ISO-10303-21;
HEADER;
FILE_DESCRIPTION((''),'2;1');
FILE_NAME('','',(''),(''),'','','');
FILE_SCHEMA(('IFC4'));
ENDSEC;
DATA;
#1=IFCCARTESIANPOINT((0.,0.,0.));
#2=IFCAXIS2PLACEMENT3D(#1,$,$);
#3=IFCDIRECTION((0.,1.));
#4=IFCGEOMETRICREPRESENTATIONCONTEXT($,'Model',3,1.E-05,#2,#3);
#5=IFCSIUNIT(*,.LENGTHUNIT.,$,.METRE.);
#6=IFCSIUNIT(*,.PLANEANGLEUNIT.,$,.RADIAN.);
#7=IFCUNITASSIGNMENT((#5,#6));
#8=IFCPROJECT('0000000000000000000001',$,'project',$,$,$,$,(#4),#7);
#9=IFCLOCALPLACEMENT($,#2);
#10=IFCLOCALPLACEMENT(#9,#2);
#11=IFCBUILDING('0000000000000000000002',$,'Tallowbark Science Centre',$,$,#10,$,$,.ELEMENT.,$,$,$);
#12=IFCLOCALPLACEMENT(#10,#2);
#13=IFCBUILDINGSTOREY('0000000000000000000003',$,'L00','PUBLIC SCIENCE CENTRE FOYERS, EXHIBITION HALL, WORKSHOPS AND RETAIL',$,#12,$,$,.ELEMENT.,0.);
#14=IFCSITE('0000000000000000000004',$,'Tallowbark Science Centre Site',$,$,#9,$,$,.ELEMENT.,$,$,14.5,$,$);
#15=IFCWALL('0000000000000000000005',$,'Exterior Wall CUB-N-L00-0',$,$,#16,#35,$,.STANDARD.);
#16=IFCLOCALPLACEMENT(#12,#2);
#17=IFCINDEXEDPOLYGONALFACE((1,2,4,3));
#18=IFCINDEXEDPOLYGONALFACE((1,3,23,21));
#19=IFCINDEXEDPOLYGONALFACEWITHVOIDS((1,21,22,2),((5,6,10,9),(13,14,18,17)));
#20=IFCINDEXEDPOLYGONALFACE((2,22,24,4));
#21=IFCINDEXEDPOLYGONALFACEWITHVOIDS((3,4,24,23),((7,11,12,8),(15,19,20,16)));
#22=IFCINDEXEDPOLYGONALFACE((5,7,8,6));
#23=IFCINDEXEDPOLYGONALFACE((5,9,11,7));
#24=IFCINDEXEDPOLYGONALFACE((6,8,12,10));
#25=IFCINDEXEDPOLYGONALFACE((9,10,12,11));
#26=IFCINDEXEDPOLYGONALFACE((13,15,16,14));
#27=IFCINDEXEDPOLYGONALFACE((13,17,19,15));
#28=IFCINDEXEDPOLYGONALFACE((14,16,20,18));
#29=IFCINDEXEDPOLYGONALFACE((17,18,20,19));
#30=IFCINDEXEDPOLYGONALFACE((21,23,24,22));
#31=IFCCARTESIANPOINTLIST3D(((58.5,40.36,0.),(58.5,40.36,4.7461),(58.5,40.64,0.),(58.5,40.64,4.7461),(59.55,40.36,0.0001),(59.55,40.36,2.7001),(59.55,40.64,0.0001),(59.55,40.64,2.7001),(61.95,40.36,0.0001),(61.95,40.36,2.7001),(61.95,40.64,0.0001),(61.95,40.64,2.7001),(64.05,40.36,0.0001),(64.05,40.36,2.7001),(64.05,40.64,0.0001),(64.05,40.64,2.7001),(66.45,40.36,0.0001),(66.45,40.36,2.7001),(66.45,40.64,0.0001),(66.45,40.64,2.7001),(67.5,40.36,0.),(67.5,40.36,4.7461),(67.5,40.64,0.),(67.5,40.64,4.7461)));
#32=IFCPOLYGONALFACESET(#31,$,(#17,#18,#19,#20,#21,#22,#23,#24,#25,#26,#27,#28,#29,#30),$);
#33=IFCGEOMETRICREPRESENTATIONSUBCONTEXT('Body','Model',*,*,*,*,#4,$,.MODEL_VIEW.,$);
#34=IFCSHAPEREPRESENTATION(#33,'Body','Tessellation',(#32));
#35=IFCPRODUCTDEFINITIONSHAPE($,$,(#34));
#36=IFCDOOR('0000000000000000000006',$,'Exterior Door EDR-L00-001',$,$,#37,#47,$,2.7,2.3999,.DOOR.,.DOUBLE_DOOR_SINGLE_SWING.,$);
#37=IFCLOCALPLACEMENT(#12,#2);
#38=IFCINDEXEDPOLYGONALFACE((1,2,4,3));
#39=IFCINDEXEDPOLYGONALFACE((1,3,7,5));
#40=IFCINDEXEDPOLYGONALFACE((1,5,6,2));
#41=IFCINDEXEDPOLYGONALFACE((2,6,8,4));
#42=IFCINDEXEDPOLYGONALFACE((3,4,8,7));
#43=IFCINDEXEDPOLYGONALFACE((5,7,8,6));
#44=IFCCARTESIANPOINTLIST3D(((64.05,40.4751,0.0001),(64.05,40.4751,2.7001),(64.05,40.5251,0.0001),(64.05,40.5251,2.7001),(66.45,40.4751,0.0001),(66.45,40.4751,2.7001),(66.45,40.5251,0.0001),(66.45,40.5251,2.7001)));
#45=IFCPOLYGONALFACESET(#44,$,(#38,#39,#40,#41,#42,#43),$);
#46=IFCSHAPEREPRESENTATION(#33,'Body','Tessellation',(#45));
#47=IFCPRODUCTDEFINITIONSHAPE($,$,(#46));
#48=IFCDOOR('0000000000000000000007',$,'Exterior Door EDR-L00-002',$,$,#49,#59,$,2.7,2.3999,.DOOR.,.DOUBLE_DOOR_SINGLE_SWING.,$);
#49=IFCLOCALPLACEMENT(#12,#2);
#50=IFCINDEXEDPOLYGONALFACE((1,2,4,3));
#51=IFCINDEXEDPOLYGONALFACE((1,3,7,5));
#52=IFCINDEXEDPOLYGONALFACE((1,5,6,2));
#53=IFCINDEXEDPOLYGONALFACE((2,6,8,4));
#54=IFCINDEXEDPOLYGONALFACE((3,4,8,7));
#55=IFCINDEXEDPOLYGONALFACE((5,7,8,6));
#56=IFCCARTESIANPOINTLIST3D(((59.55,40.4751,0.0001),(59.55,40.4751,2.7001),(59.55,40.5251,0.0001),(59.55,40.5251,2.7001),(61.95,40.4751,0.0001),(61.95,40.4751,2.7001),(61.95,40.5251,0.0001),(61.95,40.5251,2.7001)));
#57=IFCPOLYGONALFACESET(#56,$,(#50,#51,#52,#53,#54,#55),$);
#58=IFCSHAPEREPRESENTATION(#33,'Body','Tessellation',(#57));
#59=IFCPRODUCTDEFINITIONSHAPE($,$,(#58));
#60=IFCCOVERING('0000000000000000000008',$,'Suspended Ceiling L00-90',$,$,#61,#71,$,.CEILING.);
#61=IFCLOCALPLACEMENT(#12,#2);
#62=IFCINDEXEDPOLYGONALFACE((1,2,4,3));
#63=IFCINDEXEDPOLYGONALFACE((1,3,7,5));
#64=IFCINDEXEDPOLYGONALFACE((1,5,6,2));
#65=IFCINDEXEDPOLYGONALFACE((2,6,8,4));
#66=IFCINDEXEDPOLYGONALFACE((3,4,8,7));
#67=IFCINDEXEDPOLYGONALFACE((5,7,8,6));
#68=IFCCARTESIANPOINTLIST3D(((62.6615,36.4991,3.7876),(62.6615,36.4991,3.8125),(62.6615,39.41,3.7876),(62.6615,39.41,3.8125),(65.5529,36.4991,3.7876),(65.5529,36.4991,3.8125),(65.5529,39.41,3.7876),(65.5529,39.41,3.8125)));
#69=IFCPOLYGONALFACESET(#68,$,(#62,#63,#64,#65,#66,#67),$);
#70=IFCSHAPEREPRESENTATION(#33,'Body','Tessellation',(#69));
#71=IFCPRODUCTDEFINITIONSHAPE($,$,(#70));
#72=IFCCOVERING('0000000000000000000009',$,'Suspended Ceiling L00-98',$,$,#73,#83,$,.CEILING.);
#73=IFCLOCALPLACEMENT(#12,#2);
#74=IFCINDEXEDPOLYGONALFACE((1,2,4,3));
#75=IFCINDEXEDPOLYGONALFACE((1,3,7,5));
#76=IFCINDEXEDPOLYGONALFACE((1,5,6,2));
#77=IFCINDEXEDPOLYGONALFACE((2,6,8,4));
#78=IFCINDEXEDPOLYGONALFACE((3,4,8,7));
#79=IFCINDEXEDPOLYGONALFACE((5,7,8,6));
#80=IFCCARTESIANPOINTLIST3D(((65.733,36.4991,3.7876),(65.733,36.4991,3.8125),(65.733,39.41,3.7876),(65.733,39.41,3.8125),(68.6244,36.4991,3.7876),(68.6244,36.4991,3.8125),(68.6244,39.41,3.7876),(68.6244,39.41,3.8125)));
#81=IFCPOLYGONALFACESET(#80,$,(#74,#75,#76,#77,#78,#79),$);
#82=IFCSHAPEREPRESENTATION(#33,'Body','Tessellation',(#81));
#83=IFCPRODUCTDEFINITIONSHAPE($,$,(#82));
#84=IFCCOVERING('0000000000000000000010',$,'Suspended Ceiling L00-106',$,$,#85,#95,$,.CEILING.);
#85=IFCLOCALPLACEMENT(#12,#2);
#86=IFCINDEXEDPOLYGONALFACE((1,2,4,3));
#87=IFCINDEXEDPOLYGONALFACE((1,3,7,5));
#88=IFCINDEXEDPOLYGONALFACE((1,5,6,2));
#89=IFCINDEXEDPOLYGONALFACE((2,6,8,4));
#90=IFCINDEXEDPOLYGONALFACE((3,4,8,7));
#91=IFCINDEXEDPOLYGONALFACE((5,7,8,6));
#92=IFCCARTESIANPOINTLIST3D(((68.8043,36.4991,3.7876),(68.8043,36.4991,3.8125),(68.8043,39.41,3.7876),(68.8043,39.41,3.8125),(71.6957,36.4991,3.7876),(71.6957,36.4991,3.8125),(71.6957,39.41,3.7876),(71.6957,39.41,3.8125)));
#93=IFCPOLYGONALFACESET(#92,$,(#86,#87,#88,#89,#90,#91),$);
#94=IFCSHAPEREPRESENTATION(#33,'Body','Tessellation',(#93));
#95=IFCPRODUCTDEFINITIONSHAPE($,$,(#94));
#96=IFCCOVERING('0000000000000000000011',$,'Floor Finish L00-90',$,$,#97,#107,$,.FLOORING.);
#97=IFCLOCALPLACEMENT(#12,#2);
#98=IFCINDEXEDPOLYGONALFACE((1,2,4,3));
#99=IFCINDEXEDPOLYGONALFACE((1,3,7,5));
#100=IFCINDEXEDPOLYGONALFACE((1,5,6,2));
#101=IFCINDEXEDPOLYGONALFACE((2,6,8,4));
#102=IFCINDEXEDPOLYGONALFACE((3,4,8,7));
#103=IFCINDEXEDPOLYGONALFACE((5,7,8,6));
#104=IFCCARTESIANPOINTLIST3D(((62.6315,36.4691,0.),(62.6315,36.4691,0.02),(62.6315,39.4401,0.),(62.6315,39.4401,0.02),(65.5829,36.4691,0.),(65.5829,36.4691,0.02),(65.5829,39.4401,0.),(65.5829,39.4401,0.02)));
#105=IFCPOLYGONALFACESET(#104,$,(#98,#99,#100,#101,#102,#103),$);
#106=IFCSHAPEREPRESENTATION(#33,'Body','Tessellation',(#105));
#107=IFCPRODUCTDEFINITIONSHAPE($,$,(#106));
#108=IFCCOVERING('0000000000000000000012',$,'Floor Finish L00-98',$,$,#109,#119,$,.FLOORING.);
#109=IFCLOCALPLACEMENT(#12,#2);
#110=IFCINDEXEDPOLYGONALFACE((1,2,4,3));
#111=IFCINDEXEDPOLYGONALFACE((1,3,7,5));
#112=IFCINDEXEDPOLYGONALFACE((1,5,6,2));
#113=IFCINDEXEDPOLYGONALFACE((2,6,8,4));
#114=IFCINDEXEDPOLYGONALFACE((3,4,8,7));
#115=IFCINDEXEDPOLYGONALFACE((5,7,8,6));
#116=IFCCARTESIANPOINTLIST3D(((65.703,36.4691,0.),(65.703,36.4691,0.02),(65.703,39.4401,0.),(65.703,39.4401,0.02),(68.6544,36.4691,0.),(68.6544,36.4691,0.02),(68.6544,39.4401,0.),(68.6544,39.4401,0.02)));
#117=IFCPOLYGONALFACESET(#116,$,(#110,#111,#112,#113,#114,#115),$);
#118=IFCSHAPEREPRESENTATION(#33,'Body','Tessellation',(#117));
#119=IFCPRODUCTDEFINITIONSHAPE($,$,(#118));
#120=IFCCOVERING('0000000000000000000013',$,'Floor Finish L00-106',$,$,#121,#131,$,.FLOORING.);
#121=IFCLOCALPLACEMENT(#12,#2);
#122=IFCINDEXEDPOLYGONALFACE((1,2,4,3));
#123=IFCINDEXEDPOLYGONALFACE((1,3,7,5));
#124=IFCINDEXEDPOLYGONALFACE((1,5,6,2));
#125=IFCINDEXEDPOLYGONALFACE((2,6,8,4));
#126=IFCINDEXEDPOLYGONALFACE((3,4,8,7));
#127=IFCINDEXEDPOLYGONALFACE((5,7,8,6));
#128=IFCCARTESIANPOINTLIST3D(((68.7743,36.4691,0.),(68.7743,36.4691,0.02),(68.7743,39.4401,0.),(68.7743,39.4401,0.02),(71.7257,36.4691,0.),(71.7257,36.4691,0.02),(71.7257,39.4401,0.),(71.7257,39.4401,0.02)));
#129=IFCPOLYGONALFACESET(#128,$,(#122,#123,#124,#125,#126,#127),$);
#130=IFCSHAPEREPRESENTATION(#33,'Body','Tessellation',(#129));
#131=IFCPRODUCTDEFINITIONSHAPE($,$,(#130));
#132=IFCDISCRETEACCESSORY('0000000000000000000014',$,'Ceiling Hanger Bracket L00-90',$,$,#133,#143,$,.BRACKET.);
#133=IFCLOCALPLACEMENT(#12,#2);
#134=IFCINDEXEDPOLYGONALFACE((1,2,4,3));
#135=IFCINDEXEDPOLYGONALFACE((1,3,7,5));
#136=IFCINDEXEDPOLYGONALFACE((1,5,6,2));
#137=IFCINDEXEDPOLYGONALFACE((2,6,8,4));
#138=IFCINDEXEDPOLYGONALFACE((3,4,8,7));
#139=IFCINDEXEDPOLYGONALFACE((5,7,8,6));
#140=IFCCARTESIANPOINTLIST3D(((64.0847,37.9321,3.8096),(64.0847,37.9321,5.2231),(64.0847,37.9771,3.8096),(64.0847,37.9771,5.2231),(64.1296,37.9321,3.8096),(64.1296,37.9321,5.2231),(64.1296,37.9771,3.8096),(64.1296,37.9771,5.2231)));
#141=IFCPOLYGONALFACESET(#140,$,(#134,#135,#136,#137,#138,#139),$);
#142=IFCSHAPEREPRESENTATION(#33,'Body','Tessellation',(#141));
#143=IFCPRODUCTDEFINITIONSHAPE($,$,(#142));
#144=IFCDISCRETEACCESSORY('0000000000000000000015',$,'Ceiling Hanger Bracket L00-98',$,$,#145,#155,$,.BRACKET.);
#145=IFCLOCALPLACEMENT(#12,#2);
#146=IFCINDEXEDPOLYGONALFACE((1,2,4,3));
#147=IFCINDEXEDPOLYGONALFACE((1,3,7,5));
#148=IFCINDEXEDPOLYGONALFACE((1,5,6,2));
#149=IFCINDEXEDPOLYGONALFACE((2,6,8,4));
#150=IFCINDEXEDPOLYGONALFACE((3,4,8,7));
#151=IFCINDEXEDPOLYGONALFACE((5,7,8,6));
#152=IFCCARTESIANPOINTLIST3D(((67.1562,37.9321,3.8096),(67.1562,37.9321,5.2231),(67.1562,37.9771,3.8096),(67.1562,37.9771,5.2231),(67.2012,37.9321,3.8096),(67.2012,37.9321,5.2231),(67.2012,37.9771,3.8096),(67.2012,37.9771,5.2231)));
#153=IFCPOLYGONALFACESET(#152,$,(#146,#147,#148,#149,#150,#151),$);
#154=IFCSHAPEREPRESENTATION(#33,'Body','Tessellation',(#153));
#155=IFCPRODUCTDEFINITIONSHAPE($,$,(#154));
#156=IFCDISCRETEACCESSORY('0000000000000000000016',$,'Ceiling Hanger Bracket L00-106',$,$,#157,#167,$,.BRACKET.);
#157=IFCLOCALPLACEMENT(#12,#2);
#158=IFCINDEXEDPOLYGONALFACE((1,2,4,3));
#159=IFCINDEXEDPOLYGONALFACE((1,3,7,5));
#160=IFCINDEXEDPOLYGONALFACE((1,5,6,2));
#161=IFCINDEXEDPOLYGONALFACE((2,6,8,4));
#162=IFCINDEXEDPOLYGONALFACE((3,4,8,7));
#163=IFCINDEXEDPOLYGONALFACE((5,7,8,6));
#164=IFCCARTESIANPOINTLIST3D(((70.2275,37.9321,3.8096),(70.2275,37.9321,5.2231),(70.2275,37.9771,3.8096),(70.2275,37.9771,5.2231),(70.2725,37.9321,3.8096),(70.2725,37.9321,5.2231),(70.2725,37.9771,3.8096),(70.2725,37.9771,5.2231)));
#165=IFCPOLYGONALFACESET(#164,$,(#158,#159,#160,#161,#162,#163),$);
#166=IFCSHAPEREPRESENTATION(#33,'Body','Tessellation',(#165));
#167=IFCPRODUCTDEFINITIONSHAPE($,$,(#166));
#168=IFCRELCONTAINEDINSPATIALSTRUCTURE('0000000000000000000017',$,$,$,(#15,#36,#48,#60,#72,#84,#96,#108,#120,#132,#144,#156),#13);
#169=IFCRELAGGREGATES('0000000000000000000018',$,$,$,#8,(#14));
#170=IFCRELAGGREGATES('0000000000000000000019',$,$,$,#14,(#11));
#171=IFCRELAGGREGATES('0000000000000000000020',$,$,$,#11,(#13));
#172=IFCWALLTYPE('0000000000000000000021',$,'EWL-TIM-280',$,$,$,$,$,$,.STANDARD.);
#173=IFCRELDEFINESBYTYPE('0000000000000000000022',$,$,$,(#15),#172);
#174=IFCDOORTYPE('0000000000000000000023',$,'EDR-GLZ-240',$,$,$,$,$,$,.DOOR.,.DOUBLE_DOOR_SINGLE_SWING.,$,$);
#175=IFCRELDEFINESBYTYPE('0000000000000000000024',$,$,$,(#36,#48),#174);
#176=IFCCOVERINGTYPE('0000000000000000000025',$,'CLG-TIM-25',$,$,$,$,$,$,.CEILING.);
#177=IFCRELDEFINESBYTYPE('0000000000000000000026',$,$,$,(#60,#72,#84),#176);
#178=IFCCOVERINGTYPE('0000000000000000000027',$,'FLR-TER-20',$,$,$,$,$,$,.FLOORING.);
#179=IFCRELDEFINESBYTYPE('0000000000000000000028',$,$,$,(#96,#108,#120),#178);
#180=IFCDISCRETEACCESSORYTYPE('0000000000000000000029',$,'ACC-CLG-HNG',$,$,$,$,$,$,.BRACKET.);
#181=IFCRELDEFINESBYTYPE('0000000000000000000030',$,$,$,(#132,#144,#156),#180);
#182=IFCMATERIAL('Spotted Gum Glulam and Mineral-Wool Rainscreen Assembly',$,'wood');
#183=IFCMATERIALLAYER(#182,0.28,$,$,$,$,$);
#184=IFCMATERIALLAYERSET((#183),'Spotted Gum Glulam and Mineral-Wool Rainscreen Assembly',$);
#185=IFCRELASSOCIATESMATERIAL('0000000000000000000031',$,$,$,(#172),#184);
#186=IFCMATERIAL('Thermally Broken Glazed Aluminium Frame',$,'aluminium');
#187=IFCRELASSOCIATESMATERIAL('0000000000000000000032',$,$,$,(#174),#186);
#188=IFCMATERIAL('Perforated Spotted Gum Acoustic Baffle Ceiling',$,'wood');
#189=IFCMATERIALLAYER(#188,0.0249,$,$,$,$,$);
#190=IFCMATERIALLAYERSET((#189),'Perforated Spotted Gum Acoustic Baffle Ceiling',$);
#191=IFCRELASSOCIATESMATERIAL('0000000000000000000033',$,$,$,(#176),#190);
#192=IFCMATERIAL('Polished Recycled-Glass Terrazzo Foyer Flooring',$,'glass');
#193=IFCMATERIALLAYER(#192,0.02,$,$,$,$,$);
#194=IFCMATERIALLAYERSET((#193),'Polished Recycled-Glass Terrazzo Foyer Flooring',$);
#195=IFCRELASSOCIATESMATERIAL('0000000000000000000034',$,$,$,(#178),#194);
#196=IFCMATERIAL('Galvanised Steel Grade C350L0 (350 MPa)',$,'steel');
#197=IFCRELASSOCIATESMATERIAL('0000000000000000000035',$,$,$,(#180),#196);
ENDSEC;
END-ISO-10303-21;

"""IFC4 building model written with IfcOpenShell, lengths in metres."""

from ifc_helpers import new_model, si_unit, direction, frame, frame_2d, origin, origin_2d, place, context, subcontext, project, spatial, rectangle, extrude, material, layer, layer_set, type_object, element, fill, save


model = new_model("IFC4")

# Units and contexts
model_context = context("Model", 3, precision=1e-05, world=origin(), true_north=direction((0.0, 1.0)))
body_context = subcontext(model_context, "Body", "Model", "MODEL_VIEW")
ifc_project = project(units=[si_unit("LENGTHUNIT", "METRE"), si_unit("PLANEANGLEUNIT", "RADIAN")], contexts=[model_context])

# Site, building, storey
site_placement = place(None, origin())
site = spatial("IfcSite", under=ifc_project, at=site_placement, Name="Tallowbark Science Centre Site", CompositionType="ELEMENT", RefElevation=14.5)
building_placement = place(site_placement, origin())
building = spatial("IfcBuilding", under=site, at=building_placement, Name="Tallowbark Science Centre", CompositionType="ELEMENT")
storey_placement = place(building_placement, origin())
storey = spatial("IfcBuildingStorey", under=building, at=storey_placement, Name="L00", Description="PUBLIC SCIENCE CENTRE FOYERS, EXHIBITION HALL, WORKSHOPS AND RETAIL", CompositionType="ELEMENT", Elevation=0.0)

# Wall, openings, doors
ifc_material_1 = material(Name="Spotted Gum Glulam and Mineral-Wool Rainscreen Assembly", Category="wood")
ifc_layer_1 = layer(ifc_material_1, 0.28)
ifc_layer_set_1 = layer_set([ifc_layer_1], Name="Spotted Gum Glulam and Mineral-Wool Rainscreen Assembly")
wall_type = type_object("IfcWallType", Name="EWL-TIM-280", PredefinedType="STANDARD", material=ifc_layer_set_1)
wall_placement = place(storey_placement, frame((67.5, 40.5, 0.0), z_axis=(0.0, 0.0, 1.0), x_axis=(-1.0, 0.0, 0.0)))
wall = element("IfcWall", 1, at=wall_placement, inside=storey, type_object=wall_type, Name="Exterior Wall CUB-N-L00-0", PredefinedType="STANDARD", context=body_context, shape_type="SweptSolid", body=[
    extrude(rectangle(XDim=9.0, YDim=0.28, at=frame_2d((4.5, 0.0))), origin(), (0.0, 0.0, 1.0), 4.7461),
])
opening_1_placement = place(wall_placement, frame((1.05, 0.0, 0.0)))
opening_1 = element("IfcOpeningElement", 2, at=opening_1_placement, cuts=wall, PredefinedType="OPENING", context=body_context, shape_type="SweptSolid", body=[
    extrude(rectangle(XDim=2.3999, YDim=2.7, at=frame_2d((1.2, 1.3501))), frame((0.0, 0.1499, 0.0), z_axis=(0.0, -1.0, 0.0), x_axis=(1.0, 0.0, 0.0)), (0.0, 0.0, 1.0), 0.3),
])
opening_2_placement = place(wall_placement, frame((5.55, 0.0, 0.0)))
opening_2 = element("IfcOpeningElement", 3, at=opening_2_placement, cuts=wall, PredefinedType="OPENING", context=body_context, shape_type="SweptSolid", body=[
    extrude(rectangle(XDim=2.3999, YDim=2.7, at=frame_2d((1.2, 1.3501))), frame((0.0, 0.1499, 0.0), z_axis=(0.0, -1.0, 0.0), x_axis=(1.0, 0.0, 0.0)), (0.0, 0.0, 1.0), 0.3),
])
ifc_material_2 = material(Name="Thermally Broken Glazed Aluminium Frame", Category="aluminium")
door_type = type_object("IfcDoorType", Name="EDR-GLZ-240", OperationType="DOUBLE_DOOR_SINGLE_SWING", PredefinedType="DOOR", material=ifc_material_2)
door_1_placement = place(opening_1_placement, origin())
door_1 = element("IfcDoor", 4, at=door_1_placement, inside=storey, type_object=door_type, Name="Exterior Door EDR-L00-001", OperationType="DOUBLE_DOOR_SINGLE_SWING", OverallHeight=2.7, OverallWidth=2.3999, PredefinedType="DOOR", context=body_context, shape_type="SweptSolid", body=[
    extrude(rectangle(XDim=2.3999, YDim=2.7, at=frame_2d((1.2, 1.3501))), frame((0.0, 0.0249, 0.0), z_axis=(0.0, -1.0, 0.0), x_axis=(1.0, 0.0, 0.0)), (0.0, 0.0, 1.0), 0.05),
])
fill(opening_1, door_1)
door_2_placement = place(opening_2_placement, origin())
door_2 = element("IfcDoor", 5, at=door_2_placement, inside=storey, type_object=door_type, Name="Exterior Door EDR-L00-002", OperationType="DOUBLE_DOOR_SINGLE_SWING", OverallHeight=2.7, OverallWidth=2.3999, PredefinedType="DOOR", context=body_context, shape_type="SweptSolid", body=[
    extrude(rectangle(XDim=2.3999, YDim=2.7, at=frame_2d((1.2, 1.3501))), frame((0.0, 0.0249, 0.0), z_axis=(0.0, -1.0, 0.0), x_axis=(1.0, 0.0, 0.0)), (0.0, 0.0, 1.0), 0.05),
])
fill(opening_2, door_2)

# Coverings
ifc_material_3 = material(Name="Perforated Spotted Gum Acoustic Baffle Ceiling", Category="wood")
ifc_layer_2 = layer(ifc_material_3, 0.0249)
ifc_layer_set_2 = layer_set([ifc_layer_2], Name="Perforated Spotted Gum Acoustic Baffle Ceiling")
covering_type_1 = type_object("IfcCoveringType", Name="CLG-TIM-25", PredefinedType="CEILING", material=ifc_layer_set_2)
for number, where, z_axis, x_axis, name in (
    (6, (64.1072, 37.9546, 3.7876), (0.0, 0.0, 1.0), (1.0, 0.0, 0.0), "Suspended Ceiling L00-90"),
    (7, (67.1787, 37.9546, 3.7876), (0.0, 0.0, 1.0), (1.0, 0.0, 0.0), "Suspended Ceiling L00-98"),
    (8, (70.25, 37.9546, 3.7876), (0.0, 0.0, 1.0), (1.0, 0.0, 0.0), "Suspended Ceiling L00-106"),
):
    element("IfcCovering", number, at=place(storey_placement, frame(where, z_axis=z_axis, x_axis=x_axis)), inside=storey, type_object=covering_type_1, Name=name, PredefinedType="CEILING", context=body_context, shape_type="SweptSolid", body=[
        extrude(rectangle(XDim=2.8914, YDim=2.9109, at=origin_2d()), origin(), (0.0, 0.0, 1.0), 0.0249),
    ])
ifc_material_4 = material(Name="Polished Recycled-Glass Terrazzo Foyer Flooring", Category="glass")
ifc_layer_3 = layer(ifc_material_4, 0.02)
ifc_layer_set_3 = layer_set([ifc_layer_3], Name="Polished Recycled-Glass Terrazzo Foyer Flooring")
covering_type_2 = type_object("IfcCoveringType", Name="FLR-TER-20", PredefinedType="FLOORING", material=ifc_layer_set_3)
for number, where, z_axis, x_axis, name in (
    (9, (64.1072, 37.9546, 0.0), (0.0, 0.0, 1.0), (1.0, 0.0, 0.0), "Floor Finish L00-90"),
    (10, (67.1787, 37.9546, 0.0), (0.0, 0.0, 1.0), (1.0, 0.0, 0.0), "Floor Finish L00-98"),
    (11, (70.25, 37.9546, 0.0), (0.0, 0.0, 1.0), (1.0, 0.0, 0.0), "Floor Finish L00-106"),
):
    element("IfcCovering", number, at=place(storey_placement, frame(where, z_axis=z_axis, x_axis=x_axis)), inside=storey, type_object=covering_type_2, Name=name, PredefinedType="FLOORING", context=body_context, shape_type="SweptSolid", body=[
        extrude(rectangle(XDim=2.9514, YDim=2.9709, at=origin_2d()), origin(), (0.0, 0.0, 1.0), 0.02),
    ])

# Discrete accessories
ifc_material_5 = material(Name="Galvanised Steel Grade C350L0 (350 MPa)", Category="steel")
discrete_accessory_type = type_object("IfcDiscreteAccessoryType", Name="ACC-CLG-HNG", PredefinedType="BRACKET", material=ifc_material_5)
for number, where, z_axis, x_axis, name in (
    (12, (64.1072, 37.9546, 3.8096), (0.0, 0.0, 1.0), (1.0, 0.0, 0.0), "Ceiling Hanger Bracket L00-90"),
    (13, (67.1787, 37.9546, 3.8096), (0.0, 0.0, 1.0), (1.0, 0.0, 0.0), "Ceiling Hanger Bracket L00-98"),
    (14, (70.25, 37.9546, 3.8096), (0.0, 0.0, 1.0), (1.0, 0.0, 0.0), "Ceiling Hanger Bracket L00-106"),
):
    element("IfcDiscreteAccessory", number, at=place(storey_placement, frame(where, z_axis=z_axis, x_axis=x_axis)), inside=storey, type_object=discrete_accessory_type, Name=name, PredefinedType="BRACKET", context=body_context, shape_type="SweptSolid", body=[
        extrude(rectangle(XDim=0.0449, YDim=0.0449, at=origin_2d()), origin(), (0.0, 0.0, 1.0), 1.4136),
    ])

save(model, "model.ifc")
